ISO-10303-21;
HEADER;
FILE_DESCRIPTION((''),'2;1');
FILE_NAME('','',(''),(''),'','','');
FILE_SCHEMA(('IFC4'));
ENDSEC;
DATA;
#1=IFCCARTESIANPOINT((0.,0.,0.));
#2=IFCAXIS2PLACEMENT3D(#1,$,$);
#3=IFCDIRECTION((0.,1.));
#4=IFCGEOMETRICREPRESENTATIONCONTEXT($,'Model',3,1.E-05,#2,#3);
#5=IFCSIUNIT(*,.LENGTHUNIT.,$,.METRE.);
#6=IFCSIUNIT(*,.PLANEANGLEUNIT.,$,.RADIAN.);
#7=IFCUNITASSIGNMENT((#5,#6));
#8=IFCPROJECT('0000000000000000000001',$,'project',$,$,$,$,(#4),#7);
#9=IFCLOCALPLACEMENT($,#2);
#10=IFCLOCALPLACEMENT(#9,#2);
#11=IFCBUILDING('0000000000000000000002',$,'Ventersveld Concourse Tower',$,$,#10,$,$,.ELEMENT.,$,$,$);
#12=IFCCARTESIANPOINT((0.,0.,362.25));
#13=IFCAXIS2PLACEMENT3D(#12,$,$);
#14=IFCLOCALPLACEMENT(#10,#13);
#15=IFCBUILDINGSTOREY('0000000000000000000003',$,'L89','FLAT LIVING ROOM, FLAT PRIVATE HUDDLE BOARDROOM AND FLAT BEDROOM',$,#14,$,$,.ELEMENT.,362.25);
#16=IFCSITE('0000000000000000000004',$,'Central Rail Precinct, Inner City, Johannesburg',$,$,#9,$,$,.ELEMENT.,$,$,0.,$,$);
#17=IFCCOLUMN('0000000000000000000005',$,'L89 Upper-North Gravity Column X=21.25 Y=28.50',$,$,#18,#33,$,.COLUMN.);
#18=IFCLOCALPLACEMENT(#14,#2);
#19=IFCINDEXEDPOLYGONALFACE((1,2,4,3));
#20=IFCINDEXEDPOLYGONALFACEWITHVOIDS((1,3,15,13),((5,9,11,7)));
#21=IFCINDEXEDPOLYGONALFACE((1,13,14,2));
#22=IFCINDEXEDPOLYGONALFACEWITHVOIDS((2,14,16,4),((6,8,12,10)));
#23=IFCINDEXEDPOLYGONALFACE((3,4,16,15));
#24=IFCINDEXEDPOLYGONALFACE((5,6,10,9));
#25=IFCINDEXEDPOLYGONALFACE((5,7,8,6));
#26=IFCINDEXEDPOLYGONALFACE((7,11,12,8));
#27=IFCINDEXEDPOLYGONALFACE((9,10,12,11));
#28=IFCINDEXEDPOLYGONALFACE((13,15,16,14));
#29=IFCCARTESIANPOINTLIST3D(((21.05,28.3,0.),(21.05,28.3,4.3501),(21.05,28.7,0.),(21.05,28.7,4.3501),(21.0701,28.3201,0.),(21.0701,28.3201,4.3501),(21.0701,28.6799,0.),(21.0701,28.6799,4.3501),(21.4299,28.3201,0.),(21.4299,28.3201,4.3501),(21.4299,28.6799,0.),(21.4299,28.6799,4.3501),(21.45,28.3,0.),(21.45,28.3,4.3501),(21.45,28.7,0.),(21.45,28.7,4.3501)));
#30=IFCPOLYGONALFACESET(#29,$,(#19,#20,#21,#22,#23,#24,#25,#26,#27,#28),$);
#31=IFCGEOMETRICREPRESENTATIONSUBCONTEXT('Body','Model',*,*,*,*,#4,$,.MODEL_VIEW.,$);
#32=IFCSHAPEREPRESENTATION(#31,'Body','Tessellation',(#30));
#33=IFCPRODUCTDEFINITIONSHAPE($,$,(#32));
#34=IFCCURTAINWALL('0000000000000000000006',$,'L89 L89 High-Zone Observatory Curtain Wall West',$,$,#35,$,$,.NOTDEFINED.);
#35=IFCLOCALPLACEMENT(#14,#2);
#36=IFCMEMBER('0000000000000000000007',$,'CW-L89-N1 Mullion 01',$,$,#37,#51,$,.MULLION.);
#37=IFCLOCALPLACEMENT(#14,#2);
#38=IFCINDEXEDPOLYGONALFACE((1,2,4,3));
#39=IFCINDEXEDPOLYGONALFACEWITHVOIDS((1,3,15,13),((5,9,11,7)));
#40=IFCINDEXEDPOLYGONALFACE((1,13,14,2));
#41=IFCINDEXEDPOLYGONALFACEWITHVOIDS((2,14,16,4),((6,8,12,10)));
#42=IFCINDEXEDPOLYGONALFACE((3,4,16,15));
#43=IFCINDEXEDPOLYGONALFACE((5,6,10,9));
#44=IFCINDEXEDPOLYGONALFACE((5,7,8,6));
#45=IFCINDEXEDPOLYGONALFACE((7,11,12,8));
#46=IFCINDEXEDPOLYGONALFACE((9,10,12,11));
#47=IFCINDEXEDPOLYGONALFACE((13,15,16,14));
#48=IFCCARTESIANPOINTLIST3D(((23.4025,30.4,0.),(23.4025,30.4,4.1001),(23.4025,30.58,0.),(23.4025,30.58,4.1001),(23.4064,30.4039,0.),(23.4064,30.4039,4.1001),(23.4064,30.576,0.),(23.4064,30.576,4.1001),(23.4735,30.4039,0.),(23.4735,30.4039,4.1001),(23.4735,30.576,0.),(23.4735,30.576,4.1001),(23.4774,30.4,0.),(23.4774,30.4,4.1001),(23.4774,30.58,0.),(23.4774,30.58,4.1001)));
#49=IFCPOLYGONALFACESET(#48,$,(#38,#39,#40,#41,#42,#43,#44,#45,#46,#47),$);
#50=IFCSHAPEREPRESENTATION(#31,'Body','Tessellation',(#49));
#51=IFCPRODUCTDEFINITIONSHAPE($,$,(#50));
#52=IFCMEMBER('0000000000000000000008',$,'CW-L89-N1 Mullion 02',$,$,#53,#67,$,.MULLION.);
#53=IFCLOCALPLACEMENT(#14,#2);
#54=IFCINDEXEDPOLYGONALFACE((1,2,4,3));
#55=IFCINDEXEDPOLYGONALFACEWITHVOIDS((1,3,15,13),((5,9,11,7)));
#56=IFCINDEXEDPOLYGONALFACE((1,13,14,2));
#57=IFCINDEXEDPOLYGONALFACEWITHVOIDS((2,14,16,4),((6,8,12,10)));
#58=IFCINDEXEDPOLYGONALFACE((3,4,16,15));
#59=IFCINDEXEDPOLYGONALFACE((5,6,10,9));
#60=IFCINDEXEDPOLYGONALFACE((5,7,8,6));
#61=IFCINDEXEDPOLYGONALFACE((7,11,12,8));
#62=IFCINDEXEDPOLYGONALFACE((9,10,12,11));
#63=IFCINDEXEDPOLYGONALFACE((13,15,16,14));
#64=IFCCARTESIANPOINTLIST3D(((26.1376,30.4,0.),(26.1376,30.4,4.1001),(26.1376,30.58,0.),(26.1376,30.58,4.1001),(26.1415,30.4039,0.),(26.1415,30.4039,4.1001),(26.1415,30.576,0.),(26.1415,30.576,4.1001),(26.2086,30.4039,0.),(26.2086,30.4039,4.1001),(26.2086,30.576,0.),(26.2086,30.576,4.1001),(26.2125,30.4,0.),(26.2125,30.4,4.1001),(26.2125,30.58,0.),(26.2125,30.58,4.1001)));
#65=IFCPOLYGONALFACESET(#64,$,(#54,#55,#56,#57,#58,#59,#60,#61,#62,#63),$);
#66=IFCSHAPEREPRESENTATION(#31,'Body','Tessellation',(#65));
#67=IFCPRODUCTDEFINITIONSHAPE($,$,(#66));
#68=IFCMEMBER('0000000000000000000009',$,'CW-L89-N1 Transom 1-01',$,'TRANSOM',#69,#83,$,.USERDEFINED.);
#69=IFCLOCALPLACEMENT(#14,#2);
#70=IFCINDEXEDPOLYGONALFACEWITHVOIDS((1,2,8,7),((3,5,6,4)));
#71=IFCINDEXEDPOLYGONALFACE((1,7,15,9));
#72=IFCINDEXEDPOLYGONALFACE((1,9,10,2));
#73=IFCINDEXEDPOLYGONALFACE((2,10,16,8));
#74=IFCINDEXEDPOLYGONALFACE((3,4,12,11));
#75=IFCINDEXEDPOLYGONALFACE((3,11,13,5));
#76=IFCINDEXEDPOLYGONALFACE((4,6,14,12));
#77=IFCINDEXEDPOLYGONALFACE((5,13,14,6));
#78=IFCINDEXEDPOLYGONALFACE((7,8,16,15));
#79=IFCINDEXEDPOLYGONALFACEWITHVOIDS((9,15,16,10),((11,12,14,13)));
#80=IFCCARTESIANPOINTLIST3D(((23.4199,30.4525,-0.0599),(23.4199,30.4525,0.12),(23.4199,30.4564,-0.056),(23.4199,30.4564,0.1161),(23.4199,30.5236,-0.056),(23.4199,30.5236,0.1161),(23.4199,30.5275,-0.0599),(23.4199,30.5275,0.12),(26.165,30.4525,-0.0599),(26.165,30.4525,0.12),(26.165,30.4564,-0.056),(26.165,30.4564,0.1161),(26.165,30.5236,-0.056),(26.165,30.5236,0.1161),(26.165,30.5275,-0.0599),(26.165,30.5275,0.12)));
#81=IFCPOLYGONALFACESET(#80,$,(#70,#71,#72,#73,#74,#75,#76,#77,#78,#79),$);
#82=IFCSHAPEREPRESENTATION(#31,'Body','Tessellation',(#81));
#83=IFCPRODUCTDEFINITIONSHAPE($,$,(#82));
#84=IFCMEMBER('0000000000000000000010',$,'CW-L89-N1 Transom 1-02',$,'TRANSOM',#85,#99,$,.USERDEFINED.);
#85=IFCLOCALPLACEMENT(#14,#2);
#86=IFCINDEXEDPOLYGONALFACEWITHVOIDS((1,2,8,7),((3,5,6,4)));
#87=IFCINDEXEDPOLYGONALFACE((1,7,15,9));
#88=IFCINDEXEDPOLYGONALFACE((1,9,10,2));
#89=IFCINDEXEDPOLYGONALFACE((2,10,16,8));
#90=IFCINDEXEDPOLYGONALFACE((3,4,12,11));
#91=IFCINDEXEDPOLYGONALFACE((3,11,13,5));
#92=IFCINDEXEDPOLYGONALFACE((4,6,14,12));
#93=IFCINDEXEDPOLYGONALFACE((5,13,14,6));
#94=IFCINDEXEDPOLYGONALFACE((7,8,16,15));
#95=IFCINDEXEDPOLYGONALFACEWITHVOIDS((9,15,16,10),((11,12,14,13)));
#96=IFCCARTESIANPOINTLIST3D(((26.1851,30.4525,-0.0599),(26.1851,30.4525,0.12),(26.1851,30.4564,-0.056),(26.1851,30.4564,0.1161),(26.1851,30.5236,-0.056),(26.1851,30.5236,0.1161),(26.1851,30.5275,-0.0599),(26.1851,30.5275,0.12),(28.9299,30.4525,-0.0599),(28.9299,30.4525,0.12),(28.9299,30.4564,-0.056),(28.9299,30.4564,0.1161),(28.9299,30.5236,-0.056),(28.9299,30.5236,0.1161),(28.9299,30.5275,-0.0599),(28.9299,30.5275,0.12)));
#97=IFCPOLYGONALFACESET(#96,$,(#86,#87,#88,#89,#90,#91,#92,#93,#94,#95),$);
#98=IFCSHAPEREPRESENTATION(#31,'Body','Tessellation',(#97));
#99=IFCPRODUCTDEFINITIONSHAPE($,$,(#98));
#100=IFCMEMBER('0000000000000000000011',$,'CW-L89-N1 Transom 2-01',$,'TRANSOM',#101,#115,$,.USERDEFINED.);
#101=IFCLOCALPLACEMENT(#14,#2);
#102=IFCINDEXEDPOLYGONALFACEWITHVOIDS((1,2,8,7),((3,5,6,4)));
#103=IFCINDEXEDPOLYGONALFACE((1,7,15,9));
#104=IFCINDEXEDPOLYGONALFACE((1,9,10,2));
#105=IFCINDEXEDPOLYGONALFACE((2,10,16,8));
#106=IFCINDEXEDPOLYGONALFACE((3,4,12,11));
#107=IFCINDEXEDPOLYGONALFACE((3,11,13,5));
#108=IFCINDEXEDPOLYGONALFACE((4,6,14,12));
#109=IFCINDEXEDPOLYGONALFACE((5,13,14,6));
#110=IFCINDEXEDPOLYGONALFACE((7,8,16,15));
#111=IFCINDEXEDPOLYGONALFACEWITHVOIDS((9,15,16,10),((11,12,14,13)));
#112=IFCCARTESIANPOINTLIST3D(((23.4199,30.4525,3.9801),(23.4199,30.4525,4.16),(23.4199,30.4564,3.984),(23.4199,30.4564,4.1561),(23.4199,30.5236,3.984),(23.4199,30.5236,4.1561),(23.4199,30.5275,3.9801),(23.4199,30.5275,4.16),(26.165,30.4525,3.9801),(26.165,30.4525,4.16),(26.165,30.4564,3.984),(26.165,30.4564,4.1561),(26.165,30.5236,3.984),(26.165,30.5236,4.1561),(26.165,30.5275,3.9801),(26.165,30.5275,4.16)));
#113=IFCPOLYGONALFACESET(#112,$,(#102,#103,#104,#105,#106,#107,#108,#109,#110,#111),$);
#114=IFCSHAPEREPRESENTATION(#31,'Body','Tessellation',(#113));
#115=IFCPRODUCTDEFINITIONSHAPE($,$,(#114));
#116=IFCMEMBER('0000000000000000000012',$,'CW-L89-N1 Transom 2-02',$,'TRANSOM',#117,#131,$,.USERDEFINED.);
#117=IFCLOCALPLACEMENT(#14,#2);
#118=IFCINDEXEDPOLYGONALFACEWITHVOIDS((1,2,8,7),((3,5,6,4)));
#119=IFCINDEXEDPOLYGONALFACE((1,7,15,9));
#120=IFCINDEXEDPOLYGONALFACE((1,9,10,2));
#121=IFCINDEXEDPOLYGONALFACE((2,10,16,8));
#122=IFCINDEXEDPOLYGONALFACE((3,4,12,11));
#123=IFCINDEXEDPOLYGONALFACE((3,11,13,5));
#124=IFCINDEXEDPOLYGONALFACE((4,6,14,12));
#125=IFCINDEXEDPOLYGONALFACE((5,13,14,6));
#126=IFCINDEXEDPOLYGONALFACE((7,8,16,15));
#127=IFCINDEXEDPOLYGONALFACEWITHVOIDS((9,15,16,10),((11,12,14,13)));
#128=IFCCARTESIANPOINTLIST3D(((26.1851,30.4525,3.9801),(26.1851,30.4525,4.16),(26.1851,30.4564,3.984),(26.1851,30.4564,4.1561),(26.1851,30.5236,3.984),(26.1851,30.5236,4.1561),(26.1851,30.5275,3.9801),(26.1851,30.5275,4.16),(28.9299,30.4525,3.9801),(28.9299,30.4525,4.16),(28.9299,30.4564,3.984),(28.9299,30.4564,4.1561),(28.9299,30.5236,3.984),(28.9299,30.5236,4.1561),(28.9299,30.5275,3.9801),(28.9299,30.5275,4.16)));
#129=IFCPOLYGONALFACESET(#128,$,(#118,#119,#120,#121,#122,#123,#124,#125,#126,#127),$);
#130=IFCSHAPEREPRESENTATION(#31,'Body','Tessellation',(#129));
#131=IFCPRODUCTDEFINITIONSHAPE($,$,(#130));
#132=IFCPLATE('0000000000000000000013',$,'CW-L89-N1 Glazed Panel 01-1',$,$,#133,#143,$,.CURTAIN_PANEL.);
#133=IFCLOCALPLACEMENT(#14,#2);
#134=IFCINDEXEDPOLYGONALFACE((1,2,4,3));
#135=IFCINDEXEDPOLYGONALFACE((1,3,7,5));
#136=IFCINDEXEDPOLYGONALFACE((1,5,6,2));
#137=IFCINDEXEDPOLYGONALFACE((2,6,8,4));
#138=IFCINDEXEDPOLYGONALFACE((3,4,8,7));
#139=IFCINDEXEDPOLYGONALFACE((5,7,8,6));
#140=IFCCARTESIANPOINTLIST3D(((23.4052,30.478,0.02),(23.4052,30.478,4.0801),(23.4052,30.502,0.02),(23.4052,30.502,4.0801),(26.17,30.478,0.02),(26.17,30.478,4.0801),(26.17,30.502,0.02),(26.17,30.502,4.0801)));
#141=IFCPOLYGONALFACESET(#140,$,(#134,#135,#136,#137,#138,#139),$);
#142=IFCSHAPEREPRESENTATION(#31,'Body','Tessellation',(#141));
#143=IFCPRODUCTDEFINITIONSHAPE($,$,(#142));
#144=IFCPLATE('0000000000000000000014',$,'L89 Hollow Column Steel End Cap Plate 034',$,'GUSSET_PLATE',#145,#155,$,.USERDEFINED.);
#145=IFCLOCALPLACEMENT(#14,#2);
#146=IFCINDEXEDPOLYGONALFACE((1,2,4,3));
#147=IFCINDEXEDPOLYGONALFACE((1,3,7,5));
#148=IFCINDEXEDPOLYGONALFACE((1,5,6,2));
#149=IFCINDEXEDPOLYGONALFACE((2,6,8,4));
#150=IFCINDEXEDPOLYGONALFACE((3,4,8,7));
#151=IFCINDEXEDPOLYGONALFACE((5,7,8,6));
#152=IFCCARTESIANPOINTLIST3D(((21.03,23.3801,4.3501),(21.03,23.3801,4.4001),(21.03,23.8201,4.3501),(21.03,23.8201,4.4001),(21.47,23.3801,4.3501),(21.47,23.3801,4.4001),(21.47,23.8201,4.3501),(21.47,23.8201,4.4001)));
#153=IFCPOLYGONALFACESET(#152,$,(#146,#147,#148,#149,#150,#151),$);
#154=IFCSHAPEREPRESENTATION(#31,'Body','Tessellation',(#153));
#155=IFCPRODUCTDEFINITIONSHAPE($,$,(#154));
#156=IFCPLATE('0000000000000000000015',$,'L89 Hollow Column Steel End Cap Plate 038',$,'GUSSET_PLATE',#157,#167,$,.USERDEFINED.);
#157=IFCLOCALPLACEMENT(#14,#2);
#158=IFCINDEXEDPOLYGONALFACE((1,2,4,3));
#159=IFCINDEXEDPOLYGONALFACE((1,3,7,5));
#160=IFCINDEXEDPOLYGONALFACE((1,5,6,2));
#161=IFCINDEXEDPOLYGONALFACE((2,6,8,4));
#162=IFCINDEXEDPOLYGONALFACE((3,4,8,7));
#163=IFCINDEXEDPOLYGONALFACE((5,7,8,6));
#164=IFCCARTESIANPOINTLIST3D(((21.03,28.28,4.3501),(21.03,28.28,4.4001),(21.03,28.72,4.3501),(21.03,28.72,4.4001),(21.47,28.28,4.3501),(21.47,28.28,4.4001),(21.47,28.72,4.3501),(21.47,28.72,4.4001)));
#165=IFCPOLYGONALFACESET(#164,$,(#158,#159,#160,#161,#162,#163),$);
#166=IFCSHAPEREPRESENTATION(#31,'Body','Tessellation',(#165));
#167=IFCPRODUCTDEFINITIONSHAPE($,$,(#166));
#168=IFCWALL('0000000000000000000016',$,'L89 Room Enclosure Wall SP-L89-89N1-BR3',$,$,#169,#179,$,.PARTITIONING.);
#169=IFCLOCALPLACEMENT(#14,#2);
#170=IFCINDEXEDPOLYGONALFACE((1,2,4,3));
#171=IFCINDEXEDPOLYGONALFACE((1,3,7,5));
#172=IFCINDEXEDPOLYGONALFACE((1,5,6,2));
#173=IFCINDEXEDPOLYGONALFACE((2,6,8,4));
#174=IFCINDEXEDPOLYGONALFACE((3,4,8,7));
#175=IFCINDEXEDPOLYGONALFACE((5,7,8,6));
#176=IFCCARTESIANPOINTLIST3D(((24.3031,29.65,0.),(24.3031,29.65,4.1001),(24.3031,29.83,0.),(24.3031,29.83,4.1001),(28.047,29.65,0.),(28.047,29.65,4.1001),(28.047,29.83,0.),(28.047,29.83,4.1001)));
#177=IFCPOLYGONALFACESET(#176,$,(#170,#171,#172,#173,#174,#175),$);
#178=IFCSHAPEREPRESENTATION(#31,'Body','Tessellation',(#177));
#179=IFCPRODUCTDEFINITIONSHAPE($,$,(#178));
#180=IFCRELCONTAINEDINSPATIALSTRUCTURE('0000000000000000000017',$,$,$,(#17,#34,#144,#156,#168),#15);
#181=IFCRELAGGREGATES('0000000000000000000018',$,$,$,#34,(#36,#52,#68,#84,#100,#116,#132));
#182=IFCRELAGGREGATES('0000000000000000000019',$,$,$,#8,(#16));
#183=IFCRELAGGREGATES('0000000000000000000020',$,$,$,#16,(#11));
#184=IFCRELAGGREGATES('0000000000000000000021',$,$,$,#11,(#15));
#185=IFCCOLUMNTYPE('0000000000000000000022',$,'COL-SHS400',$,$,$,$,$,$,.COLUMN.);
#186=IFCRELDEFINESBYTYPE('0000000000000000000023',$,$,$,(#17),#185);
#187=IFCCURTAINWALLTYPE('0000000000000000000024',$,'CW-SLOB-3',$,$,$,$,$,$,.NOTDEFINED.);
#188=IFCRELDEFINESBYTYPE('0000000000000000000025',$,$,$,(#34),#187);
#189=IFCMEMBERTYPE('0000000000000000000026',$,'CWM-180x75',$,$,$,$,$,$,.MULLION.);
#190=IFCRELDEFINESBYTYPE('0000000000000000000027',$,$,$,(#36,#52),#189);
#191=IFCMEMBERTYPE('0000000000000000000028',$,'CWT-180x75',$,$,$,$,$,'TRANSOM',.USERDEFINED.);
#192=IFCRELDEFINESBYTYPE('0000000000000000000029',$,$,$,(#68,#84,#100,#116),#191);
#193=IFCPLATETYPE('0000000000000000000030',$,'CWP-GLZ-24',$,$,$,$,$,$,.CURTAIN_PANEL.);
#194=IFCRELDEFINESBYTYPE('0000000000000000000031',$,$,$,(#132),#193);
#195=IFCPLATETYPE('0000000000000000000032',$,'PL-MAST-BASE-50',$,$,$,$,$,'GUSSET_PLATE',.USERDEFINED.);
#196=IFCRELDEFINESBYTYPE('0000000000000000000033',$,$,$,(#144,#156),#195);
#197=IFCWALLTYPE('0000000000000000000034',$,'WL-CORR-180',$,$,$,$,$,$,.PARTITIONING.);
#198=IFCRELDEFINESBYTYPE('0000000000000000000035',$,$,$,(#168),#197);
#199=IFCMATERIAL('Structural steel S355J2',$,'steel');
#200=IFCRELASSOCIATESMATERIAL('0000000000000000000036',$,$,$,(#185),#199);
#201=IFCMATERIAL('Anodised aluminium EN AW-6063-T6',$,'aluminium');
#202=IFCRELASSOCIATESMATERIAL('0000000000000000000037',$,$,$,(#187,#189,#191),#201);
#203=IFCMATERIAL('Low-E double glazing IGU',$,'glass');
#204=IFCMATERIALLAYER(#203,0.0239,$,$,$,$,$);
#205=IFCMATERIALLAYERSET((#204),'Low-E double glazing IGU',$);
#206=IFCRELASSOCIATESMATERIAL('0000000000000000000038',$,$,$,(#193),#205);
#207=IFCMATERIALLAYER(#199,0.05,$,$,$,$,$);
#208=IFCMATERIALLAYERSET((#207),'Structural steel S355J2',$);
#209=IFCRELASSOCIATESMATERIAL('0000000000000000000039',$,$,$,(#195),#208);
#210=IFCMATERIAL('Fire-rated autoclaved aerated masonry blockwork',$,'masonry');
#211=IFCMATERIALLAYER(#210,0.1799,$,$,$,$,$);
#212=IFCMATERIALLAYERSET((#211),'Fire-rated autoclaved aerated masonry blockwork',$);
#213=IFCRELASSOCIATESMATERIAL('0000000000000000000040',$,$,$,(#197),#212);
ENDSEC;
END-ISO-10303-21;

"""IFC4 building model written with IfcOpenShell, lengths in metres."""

from ifc_helpers import new_model, si_unit, direction, frame, frame_2d, origin, origin_2d, place, context, subcontext, project, spatial, rectangle, hollow_rectangle, extrude, material, layer, layer_set, material_profile, profile_set, type_object, element, aggregate, save


model = new_model("IFC4")

# Units and contexts
model_context = context("Model", 3, precision=1e-05, world=origin(), true_north=direction((0.0, 1.0)))
body_context = subcontext(model_context, "Body", "Model", "MODEL_VIEW")
ifc_project = project(units=[si_unit("LENGTHUNIT", "METRE"), si_unit("PLANEANGLEUNIT", "RADIAN")], contexts=[model_context])

# Site, building, storey
site_placement = place(None, origin())
site = spatial("IfcSite", under=ifc_project, at=site_placement, Name="Central Rail Precinct, Inner City, Johannesburg", CompositionType="ELEMENT", RefElevation=0.0)
building_placement = place(site_placement, origin())
building = spatial("IfcBuilding", under=site, at=building_placement, Name="Ventersveld Concourse Tower", CompositionType="ELEMENT")
storey_placement = place(building_placement, frame((0.0, 0.0, 362.25)))
storey = spatial("IfcBuildingStorey", under=building, at=storey_placement, Name="L89", Description="FLAT LIVING ROOM, FLAT PRIVATE HUDDLE BOARDROOM AND FLAT BEDROOM", CompositionType="ELEMENT", Elevation=362.25)

# Column
ifc_material_1 = material(Name="Structural steel S355J2", Category="steel")
ifc_material_profile_1 = material_profile(ifc_material_1, hollow_rectangle(XDim=0.3999, YDim=0.3999, WallThickness=0.02, at=origin_2d()), Name="SHS 400x400x20")
ifc_profile_set_1 = profile_set([ifc_material_profile_1], Name="Structural steel S355J2")
column_type = type_object("IfcColumnType", Name="COL-SHS400", PredefinedType="COLUMN", material=ifc_profile_set_1)
column_placement = place(storey_placement, frame((21.25, 28.5, 0.0), z_axis=(0.0, 0.0, 1.0), x_axis=(1.0, 0.0, 0.0)))
element("IfcColumn", 1, at=column_placement, inside=storey, type_object=column_type, Name="L89 Upper-North Gravity Column X=21.25 Y=28.50", PredefinedType="COLUMN", context=body_context, shape_type="SweptSolid", body=[
    extrude(hollow_rectangle(XDim=0.3999, YDim=0.3999, WallThickness=0.02, at=origin_2d()), origin(), (0.0, 0.0, 1.0), 4.3501),
])

# Curtain wall, members, plate
ifc_material_2 = material(Name="Anodised aluminium EN AW-6063-T6", Category="aluminium")
curtain_wall_type = type_object("IfcCurtainWallType", Name="CW-SLOB-3", PredefinedType="NOTDEFINED", material=ifc_material_2)
curtain_wall_placement = place(storey_placement, origin())
curtain_wall = element("IfcCurtainWall", 2, at=curtain_wall_placement, inside=storey, type_object=curtain_wall_type, Name="L89 L89 High-Zone Observatory Curtain Wall West", PredefinedType="NOTDEFINED")
ifc_material_profile_2 = material_profile(ifc_material_2, hollow_rectangle(XDim=0.075, YDim=0.1799, WallThickness=0.0039, at=origin_2d()), Name="ALU 180x75x4")
ifc_profile_set_2 = profile_set([ifc_material_profile_2], Name="Anodised aluminium EN AW-6063-T6")
member_type_1 = type_object("IfcMemberType", Name="CWM-180x75", PredefinedType="MULLION", material=ifc_profile_set_2)
member_1_placement = place(storey_placement, frame((23.4399, 30.49, 0.0), z_axis=(0.0, 0.0, 1.0), x_axis=(1.0, 0.0, 0.0)))
member_1 = element("IfcMember", 3, at=member_1_placement, type_object=member_type_1, Name="CW-L89-N1 Mullion 01", PredefinedType="MULLION", context=body_context, shape_type="SweptSolid", body=[
    extrude(hollow_rectangle(XDim=0.075, YDim=0.1799, WallThickness=0.0039, at=origin_2d()), origin(), (0.0, 0.0, 1.0), 4.1001),
])
member_2_placement = place(storey_placement, frame((26.175, 30.49, 0.0), z_axis=(0.0, 0.0, 1.0), x_axis=(1.0, 0.0, 0.0)))
member_2 = element("IfcMember", 4, at=member_2_placement, type_object=member_type_1, Name="CW-L89-N1 Mullion 02", PredefinedType="MULLION", context=body_context, shape_type="SweptSolid", body=[
    extrude(hollow_rectangle(XDim=0.075, YDim=0.1799, WallThickness=0.0039, at=origin_2d()), origin(), (0.0, 0.0, 1.0), 4.1001),
])
ifc_material_profile_3 = material_profile(ifc_material_2, hollow_rectangle(XDim=0.075, YDim=0.1799, WallThickness=0.0039, at=origin_2d()), Name="ALU 180x75x4")
ifc_profile_set_3 = profile_set([ifc_material_profile_3], Name="Anodised aluminium EN AW-6063-T6")
member_type_2 = type_object("IfcMemberType", Name="CWT-180x75", ElementType="TRANSOM", PredefinedType="USERDEFINED", material=ifc_profile_set_3)
member_3_placement = place(storey_placement, frame((23.4199, 30.49, 0.03), z_axis=(1.0, 0.0, 0.0), x_axis=(0.0, 1.0, 0.0)))
member_3 = element("IfcMember", 5, at=member_3_placement, type_object=member_type_2, Name="CW-L89-N1 Transom 1-01", ObjectType="TRANSOM", PredefinedType="USERDEFINED", context=body_context, shape_type="SweptSolid", body=[
    extrude(hollow_rectangle(XDim=0.075, YDim=0.1799, WallThickness=0.0039, at=origin_2d()), origin(), (0.0, 0.0, 1.0), 2.7451),
])
member_4_placement = place(storey_placement, frame((26.1851, 30.49, 0.03), z_axis=(1.0, 0.0, 0.0), x_axis=(0.0, 1.0, 0.0)))
member_4 = element("IfcMember", 6, at=member_4_placement, type_object=member_type_2, Name="CW-L89-N1 Transom 1-02", ObjectType="TRANSOM", PredefinedType="USERDEFINED", context=body_context, shape_type="SweptSolid", body=[
    extrude(hollow_rectangle(XDim=0.075, YDim=0.1799, WallThickness=0.0039, at=origin_2d()), origin(), (0.0, 0.0, 1.0), 2.7449),
])
member_5_placement = place(storey_placement, frame((23.4199, 30.49, 4.0701), z_axis=(1.0, 0.0, 0.0), x_axis=(0.0, 1.0, 0.0)))
member_5 = element("IfcMember", 7, at=member_5_placement, type_object=member_type_2, Name="CW-L89-N1 Transom 2-01", ObjectType="TRANSOM", PredefinedType="USERDEFINED", context=body_context, shape_type="SweptSolid", body=[
    extrude(hollow_rectangle(XDim=0.075, YDim=0.1799, WallThickness=0.0039, at=origin_2d()), origin(), (0.0, 0.0, 1.0), 2.7451),
])
member_6_placement = place(storey_placement, frame((26.1851, 30.49, 4.0701), z_axis=(1.0, 0.0, 0.0), x_axis=(0.0, 1.0, 0.0)))
member_6 = element("IfcMember", 8, at=member_6_placement, type_object=member_type_2, Name="CW-L89-N1 Transom 2-02", ObjectType="TRANSOM", PredefinedType="USERDEFINED", context=body_context, shape_type="SweptSolid", body=[
    extrude(hollow_rectangle(XDim=0.075, YDim=0.1799, WallThickness=0.0039, at=origin_2d()), origin(), (0.0, 0.0, 1.0), 2.7449),
])
ifc_material_3 = material(Name="Low-E double glazing IGU", Category="glass")
ifc_layer_1 = layer(ifc_material_3, 0.0239)
ifc_layer_set_1 = layer_set([ifc_layer_1], Name="Low-E double glazing IGU")
plate_type_1 = type_object("IfcPlateType", Name="CWP-GLZ-24", PredefinedType="CURTAIN_PANEL", material=ifc_layer_set_1)
plate_placement = place(storey_placement, frame((24.7876, 30.49, 0.02), z_axis=(0.0, 0.0, 1.0), x_axis=(1.0, 0.0, 0.0)))
plate = element("IfcPlate", 9, at=plate_placement, type_object=plate_type_1, Name="CW-L89-N1 Glazed Panel 01-1", PredefinedType="CURTAIN_PANEL", context=body_context, shape_type="SweptSolid", body=[
    extrude(rectangle(XDim=2.7649, YDim=0.0239, at=origin_2d()), origin(), (0.0, 0.0, 1.0), 4.0601),
])
aggregate(curtain_wall, [member_1, member_2, member_3, member_4, member_5, member_6, plate])

# Plates
ifc_layer_2 = layer(ifc_material_1, 0.05)
ifc_layer_set_2 = layer_set([ifc_layer_2], Name="Structural steel S355J2")
plate_type_2 = type_object("IfcPlateType", Name="PL-MAST-BASE-50", ElementType="GUSSET_PLATE", PredefinedType="USERDEFINED", material=ifc_layer_set_2)
for number, where, z_axis, x_axis, name in (
    (10, (21.25, 23.6001, 4.3501), (0.0, 0.0, 1.0), (1.0, 0.0, 0.0), "L89 Hollow Column Steel End Cap Plate 034"),
    (11, (21.25, 28.5, 4.3501), (0.0, 0.0, 1.0), (1.0, 0.0, 0.0), "L89 Hollow Column Steel End Cap Plate 038"),
):
    element("IfcPlate", number, at=place(storey_placement, frame(where, z_axis=z_axis, x_axis=x_axis)), inside=storey, type_object=plate_type_2, Name=name, ObjectType="GUSSET_PLATE", PredefinedType="USERDEFINED", context=body_context, shape_type="SweptSolid", body=[
        extrude(rectangle(XDim=0.4399, YDim=0.4399, at=origin_2d()), origin(), (0.0, 0.0, 1.0), 0.05),
    ])

# Wall
ifc_material_4 = material(Name="Fire-rated autoclaved aerated masonry blockwork", Category="masonry")
ifc_layer_3 = layer(ifc_material_4, 0.1799)
ifc_layer_set_3 = layer_set([ifc_layer_3], Name="Fire-rated autoclaved aerated masonry blockwork")
wall_type_1 = type_object("IfcWallType", Name="WL-CORR-180", PredefinedType="PARTITIONING", material=ifc_layer_set_3)
wall_1_placement = place(storey_placement, frame((24.303, 29.74, 0.0), z_axis=(0.0, 0.0, 1.0), x_axis=(1.0, 0.0, 0.0)))
element("IfcWall", 12, at=wall_1_placement, inside=storey, type_object=wall_type_1, Name="L89 Room Enclosure Wall SP-L89-89N1-BR3", PredefinedType="PARTITIONING", context=body_context, shape_type="SweptSolid", body=[
    extrude(rectangle(XDim=3.7439, YDim=0.1799, at=frame_2d((1.8721, 0.0))), origin(), (0.0, 0.0, 1.0), 4.1001),
])

save(model, "model.ifc")
